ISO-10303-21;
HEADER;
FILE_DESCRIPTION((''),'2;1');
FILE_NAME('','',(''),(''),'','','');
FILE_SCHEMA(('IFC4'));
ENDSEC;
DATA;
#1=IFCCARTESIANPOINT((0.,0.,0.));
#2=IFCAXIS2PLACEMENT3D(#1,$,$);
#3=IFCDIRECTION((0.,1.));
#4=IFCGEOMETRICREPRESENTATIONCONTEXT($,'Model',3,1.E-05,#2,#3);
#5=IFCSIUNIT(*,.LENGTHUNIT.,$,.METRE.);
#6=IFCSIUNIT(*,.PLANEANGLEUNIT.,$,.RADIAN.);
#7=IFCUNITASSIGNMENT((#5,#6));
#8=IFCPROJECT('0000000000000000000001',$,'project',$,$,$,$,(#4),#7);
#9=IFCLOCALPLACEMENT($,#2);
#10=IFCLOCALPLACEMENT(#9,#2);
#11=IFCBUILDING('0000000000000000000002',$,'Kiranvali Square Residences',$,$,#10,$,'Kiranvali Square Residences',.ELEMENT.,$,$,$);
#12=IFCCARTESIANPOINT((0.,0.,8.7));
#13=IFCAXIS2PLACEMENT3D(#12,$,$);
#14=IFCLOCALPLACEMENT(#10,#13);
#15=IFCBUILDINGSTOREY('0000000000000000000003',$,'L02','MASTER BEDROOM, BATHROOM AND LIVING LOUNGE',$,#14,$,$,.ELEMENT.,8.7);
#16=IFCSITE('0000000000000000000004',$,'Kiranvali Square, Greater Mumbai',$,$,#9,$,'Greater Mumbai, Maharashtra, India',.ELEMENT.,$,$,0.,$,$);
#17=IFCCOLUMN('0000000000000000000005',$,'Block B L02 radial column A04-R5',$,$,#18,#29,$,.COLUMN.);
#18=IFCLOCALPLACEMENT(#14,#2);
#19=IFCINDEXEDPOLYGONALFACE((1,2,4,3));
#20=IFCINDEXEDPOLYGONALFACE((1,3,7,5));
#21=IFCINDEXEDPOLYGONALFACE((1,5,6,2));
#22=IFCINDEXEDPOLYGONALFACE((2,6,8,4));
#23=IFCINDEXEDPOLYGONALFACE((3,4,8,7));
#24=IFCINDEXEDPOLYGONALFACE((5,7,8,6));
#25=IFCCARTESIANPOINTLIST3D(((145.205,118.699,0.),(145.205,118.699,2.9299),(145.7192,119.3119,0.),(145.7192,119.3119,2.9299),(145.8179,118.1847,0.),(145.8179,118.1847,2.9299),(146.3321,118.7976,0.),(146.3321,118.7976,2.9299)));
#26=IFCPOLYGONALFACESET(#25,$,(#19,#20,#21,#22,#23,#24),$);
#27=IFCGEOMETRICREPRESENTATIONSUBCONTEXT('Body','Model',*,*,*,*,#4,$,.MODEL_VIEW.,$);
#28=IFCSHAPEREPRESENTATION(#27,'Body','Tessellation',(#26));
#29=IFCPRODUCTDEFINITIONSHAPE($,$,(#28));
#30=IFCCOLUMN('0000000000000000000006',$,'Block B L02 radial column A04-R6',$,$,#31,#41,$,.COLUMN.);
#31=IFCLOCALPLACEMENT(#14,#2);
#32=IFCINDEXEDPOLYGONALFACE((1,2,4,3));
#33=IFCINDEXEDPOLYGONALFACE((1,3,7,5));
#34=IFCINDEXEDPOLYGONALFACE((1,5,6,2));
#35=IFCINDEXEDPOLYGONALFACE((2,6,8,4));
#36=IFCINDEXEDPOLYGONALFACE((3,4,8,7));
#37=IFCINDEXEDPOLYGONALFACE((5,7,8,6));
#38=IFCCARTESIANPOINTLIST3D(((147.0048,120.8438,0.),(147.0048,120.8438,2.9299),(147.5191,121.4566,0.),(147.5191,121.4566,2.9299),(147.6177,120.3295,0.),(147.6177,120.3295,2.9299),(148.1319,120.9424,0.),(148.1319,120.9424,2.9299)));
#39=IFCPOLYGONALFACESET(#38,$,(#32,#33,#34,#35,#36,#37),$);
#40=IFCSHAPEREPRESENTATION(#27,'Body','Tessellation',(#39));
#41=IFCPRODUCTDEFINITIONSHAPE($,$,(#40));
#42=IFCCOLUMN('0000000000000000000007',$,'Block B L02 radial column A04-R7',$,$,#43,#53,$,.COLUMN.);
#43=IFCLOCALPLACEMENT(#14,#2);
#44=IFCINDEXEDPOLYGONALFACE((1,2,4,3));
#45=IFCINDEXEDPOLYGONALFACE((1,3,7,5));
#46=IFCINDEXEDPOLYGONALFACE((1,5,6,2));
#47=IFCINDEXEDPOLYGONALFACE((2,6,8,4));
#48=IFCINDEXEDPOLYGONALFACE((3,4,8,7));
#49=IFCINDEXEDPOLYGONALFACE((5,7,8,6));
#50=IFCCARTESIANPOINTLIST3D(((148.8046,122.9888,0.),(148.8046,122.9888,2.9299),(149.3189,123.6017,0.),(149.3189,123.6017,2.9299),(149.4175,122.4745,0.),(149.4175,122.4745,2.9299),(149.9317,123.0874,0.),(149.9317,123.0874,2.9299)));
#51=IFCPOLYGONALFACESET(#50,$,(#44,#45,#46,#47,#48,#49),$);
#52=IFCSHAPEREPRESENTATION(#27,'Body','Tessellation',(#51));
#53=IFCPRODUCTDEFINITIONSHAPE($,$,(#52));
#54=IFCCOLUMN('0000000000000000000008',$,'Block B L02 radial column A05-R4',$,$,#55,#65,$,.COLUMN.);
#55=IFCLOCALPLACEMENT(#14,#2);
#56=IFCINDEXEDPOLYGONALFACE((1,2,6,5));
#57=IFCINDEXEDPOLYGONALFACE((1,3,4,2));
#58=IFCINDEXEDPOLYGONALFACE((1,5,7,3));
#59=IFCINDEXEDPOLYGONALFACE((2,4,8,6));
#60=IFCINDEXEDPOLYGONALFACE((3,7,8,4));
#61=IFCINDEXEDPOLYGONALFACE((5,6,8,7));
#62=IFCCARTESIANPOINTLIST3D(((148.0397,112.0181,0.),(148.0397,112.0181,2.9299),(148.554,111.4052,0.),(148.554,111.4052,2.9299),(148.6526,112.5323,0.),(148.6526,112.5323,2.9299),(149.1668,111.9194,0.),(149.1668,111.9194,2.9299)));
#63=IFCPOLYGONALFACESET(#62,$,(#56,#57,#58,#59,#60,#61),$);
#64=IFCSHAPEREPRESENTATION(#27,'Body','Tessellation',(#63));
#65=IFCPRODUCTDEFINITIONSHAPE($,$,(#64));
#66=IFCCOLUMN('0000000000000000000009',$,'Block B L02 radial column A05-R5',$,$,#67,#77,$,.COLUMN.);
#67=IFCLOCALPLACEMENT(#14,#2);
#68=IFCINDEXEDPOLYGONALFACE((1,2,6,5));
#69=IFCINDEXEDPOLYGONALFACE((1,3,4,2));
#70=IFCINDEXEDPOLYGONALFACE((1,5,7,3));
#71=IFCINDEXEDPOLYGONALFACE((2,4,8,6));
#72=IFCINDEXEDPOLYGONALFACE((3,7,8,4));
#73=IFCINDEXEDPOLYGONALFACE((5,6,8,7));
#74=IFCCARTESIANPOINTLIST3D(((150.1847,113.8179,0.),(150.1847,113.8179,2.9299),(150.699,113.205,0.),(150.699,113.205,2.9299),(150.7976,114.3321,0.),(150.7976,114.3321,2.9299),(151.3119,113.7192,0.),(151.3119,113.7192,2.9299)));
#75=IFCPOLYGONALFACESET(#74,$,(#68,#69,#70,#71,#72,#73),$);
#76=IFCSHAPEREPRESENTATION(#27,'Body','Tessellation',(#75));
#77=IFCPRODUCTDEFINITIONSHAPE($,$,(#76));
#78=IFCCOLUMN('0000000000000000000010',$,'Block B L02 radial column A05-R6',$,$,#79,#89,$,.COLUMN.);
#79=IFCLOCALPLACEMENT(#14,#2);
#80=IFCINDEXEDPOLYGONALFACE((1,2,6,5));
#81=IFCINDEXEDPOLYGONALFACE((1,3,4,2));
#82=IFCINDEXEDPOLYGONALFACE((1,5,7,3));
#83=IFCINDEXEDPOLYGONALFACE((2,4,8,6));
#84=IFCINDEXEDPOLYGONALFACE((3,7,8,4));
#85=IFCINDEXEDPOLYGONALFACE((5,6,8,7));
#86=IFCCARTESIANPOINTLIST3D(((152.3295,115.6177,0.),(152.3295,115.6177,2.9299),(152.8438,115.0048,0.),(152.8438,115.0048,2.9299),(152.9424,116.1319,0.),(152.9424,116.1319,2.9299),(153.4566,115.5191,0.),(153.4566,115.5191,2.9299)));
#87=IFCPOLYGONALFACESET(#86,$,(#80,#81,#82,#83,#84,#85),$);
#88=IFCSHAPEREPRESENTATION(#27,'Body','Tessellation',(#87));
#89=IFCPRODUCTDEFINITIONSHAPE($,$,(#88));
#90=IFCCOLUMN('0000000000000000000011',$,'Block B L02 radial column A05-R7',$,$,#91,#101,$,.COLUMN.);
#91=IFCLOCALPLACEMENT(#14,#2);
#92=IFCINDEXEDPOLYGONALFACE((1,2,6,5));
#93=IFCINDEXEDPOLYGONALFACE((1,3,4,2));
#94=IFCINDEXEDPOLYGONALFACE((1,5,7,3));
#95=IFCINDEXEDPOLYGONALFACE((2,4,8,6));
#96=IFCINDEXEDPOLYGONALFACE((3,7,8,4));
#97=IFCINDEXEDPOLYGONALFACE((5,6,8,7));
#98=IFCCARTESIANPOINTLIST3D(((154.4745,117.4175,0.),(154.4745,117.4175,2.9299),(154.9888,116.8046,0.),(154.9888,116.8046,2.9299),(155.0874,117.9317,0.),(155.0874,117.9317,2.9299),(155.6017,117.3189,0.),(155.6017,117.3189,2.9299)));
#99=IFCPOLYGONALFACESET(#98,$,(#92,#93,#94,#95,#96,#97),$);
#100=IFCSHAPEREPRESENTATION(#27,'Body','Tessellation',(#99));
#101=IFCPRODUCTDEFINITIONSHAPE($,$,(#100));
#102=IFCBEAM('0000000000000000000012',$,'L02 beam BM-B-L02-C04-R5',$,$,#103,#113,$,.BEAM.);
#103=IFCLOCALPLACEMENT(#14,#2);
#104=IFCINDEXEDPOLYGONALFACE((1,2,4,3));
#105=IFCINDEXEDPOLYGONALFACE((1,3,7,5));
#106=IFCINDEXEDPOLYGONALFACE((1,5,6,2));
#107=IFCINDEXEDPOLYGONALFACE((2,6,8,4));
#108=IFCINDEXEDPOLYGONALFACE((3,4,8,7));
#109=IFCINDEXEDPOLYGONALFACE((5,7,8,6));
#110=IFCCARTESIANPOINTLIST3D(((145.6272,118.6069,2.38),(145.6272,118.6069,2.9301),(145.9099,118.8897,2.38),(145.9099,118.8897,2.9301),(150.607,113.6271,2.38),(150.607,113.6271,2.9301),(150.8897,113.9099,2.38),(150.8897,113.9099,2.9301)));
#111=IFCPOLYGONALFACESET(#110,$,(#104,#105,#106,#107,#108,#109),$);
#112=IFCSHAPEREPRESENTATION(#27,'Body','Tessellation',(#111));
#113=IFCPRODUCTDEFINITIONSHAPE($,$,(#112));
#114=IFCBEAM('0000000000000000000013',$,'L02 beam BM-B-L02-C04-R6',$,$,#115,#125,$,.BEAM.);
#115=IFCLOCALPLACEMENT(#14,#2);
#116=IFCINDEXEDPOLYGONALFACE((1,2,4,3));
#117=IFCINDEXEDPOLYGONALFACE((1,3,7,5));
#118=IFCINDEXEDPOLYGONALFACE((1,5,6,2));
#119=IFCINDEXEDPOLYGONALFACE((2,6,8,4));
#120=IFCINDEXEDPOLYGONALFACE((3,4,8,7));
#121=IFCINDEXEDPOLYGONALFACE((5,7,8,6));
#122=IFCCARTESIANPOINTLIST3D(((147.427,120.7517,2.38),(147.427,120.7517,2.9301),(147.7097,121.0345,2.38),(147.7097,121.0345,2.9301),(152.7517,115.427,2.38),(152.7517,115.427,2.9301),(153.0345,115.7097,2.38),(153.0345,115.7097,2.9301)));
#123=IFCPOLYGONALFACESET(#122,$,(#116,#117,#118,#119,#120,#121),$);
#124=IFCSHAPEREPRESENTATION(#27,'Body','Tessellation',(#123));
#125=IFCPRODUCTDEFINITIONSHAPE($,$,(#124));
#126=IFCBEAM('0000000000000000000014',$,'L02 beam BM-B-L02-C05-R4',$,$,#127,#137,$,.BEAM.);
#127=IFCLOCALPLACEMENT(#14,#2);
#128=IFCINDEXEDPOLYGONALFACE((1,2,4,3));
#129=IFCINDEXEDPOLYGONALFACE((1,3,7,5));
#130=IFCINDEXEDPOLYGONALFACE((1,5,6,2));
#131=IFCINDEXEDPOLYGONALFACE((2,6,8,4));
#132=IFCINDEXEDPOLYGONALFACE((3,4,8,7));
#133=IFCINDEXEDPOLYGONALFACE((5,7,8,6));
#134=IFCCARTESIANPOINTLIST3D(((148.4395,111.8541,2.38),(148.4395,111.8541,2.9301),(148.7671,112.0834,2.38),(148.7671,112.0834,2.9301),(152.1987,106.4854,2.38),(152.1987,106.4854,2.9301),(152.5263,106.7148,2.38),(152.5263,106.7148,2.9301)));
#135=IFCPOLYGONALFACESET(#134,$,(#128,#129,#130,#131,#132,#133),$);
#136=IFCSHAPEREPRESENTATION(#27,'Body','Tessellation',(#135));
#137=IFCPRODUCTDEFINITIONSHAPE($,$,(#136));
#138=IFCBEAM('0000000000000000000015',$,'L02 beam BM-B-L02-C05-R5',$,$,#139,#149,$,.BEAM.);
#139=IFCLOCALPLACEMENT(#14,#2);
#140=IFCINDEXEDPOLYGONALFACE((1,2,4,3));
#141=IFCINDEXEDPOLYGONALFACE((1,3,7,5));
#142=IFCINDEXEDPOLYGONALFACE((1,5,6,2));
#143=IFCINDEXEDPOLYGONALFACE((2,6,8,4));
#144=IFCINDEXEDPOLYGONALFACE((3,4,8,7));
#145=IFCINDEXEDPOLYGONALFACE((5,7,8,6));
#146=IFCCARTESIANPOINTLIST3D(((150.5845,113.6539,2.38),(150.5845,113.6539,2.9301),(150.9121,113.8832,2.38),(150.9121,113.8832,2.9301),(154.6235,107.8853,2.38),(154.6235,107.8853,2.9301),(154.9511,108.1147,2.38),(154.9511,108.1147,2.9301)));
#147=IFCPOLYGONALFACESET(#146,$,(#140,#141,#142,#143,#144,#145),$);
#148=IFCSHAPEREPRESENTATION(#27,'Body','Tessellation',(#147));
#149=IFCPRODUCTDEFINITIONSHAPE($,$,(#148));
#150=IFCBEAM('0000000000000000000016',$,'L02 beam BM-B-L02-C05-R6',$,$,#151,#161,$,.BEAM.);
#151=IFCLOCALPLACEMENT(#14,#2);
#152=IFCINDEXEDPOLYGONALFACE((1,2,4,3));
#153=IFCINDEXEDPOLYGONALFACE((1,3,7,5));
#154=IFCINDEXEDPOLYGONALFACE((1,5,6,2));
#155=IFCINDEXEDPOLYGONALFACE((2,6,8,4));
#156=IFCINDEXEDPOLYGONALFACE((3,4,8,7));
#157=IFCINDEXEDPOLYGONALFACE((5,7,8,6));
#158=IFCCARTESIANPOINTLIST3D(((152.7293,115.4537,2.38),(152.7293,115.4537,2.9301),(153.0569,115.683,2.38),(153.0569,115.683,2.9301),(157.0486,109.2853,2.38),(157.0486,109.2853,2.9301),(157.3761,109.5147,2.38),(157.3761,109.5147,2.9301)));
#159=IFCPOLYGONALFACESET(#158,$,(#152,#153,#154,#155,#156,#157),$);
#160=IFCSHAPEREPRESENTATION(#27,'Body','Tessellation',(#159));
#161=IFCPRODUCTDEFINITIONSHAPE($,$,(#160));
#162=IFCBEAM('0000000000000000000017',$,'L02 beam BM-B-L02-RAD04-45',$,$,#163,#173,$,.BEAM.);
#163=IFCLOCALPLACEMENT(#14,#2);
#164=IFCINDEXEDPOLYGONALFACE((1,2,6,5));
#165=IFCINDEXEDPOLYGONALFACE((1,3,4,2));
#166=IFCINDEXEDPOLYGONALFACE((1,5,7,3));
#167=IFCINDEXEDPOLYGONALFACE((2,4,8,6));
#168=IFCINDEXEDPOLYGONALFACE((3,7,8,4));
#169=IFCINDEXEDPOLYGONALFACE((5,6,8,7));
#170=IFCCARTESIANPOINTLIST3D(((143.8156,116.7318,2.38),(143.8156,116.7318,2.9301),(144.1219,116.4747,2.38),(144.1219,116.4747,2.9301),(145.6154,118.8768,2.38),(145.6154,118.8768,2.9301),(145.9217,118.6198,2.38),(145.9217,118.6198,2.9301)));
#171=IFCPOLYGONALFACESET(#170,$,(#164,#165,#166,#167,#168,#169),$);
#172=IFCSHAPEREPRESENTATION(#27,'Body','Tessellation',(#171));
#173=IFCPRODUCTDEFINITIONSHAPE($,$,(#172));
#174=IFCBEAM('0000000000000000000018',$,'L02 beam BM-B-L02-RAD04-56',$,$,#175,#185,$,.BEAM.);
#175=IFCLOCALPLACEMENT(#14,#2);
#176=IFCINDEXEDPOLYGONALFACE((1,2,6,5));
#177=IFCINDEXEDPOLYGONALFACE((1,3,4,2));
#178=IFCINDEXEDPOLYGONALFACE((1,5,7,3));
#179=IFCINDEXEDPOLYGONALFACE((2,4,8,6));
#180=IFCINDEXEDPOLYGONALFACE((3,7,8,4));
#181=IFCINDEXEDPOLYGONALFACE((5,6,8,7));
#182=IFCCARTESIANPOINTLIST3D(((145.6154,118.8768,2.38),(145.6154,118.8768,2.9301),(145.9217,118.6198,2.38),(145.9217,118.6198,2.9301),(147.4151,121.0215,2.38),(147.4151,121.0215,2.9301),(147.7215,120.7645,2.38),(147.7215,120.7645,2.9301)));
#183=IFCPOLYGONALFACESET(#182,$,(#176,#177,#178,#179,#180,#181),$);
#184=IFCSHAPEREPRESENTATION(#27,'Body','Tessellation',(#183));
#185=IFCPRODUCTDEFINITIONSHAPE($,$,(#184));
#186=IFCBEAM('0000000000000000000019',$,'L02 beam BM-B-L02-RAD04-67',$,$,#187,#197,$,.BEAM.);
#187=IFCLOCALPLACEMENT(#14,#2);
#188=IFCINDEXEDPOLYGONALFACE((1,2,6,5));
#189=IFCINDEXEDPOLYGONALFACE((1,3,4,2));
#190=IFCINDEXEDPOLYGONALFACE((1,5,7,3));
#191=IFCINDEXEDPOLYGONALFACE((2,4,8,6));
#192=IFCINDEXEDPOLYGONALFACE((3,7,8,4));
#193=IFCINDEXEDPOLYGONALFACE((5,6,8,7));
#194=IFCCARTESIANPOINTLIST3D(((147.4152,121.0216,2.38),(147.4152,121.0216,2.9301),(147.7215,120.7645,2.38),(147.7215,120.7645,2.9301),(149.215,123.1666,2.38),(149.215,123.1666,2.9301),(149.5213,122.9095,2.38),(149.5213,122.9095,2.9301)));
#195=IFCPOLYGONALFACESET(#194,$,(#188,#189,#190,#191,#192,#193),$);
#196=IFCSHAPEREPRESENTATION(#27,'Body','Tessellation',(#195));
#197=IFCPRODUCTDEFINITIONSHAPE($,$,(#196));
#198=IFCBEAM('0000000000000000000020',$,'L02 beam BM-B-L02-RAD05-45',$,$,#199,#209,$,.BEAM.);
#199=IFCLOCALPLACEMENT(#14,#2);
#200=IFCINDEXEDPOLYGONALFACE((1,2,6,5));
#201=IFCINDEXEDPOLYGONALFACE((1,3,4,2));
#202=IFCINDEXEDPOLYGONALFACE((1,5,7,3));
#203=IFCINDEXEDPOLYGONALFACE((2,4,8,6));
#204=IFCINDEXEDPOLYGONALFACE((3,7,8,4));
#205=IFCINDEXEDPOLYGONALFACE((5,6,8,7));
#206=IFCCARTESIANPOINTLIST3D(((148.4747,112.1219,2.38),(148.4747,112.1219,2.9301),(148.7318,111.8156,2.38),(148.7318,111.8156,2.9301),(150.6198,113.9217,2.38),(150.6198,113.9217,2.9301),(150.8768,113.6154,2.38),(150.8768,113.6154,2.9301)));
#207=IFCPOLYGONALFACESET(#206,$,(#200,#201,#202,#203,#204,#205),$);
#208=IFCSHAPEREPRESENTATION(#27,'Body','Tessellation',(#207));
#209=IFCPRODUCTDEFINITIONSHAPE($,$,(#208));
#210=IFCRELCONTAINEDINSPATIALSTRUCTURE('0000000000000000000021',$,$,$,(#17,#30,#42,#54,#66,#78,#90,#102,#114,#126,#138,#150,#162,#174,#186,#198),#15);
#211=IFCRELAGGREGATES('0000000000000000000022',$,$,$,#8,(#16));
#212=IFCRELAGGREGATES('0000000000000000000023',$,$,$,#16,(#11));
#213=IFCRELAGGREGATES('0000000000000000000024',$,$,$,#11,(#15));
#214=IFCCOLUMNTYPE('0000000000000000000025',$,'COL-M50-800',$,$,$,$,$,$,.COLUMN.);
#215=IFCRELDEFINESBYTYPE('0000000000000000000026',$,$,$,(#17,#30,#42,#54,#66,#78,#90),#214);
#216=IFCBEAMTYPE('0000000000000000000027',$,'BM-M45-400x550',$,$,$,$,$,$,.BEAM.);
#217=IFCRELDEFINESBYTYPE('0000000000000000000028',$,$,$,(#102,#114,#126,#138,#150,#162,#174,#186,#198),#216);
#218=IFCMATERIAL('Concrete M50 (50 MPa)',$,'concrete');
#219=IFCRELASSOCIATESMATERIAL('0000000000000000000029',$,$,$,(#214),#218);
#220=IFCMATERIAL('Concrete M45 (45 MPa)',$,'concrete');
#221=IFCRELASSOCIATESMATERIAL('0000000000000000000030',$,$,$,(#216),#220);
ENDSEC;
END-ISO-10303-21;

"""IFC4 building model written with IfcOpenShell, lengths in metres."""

from ifc_helpers import new_model, si_unit, direction, frame, origin, origin_2d, place, context, subcontext, project, spatial, rectangle, extrude, material, material_profile, profile_set, type_object, element, save


model = new_model("IFC4")

# Units and contexts
model_context = context("Model", 3, precision=1e-05, world=origin(), true_north=direction((0.0, 1.0)))
body_context = subcontext(model_context, "Body", "Model", "MODEL_VIEW")
ifc_project = project(units=[si_unit("LENGTHUNIT", "METRE"), si_unit("PLANEANGLEUNIT", "RADIAN")], contexts=[model_context])

# Site, building, storey
site_placement = place(None, origin())
site = spatial("IfcSite", under=ifc_project, at=site_placement, Name="Kiranvali Square, Greater Mumbai", LongName="Greater Mumbai, Maharashtra, India", CompositionType="ELEMENT", RefElevation=0.0)
building_placement = place(site_placement, origin())
building = spatial("IfcBuilding", under=site, at=building_placement, Name="Kiranvali Square Residences", LongName="Kiranvali Square Residences", CompositionType="ELEMENT")
storey_placement = place(building_placement, frame((0.0, 0.0, 8.7)))
storey = spatial("IfcBuildingStorey", under=building, at=storey_placement, Name="L02", Description="MASTER BEDROOM, BATHROOM AND LIVING LOUNGE", CompositionType="ELEMENT", Elevation=8.7)

# Columns
ifc_material_1 = material(Name="Concrete M50 (50 MPa)", Category="concrete")
ifc_material_profile_1 = material_profile(ifc_material_1, rectangle(XDim=0.8, YDim=0.8, at=origin_2d()), Name="RC 800x800")
ifc_profile_set_1 = profile_set([ifc_material_profile_1], Name="Concrete M50 (50 MPa)")
column_type = type_object("IfcColumnType", Name="COL-M50-800", PredefinedType="COLUMN", material=ifc_profile_set_1)
for number, where, z_axis, x_axis, name in (
    (1, (145.7686, 118.7483, 0.0), (0.0, 0.0, 1.0), (-0.766044, 0.642788, 0.0), "Block B L02 radial column A04-R5"),
    (2, (147.5684, 120.8931, 0.0), (0.0, 0.0, 1.0), (-0.766044, 0.642788, 0.0), "Block B L02 radial column A04-R6"),
    (3, (149.3682, 123.0381, 0.0), (0.0, 0.0, 1.0), (-0.766044, 0.642788, 0.0), "Block B L02 radial column A04-R7"),
    (4, (148.6033, 111.9688, 0.0), (0.0, 0.0, 1.0), (-0.642788, 0.766044, 0.0), "Block B L02 radial column A05-R4"),
    (5, (150.7483, 113.7686, 0.0), (0.0, 0.0, 1.0), (-0.642788, 0.766044, 0.0), "Block B L02 radial column A05-R5"),
    (6, (152.8931, 115.5684, 0.0), (0.0, 0.0, 1.0), (-0.642788, 0.766044, 0.0), "Block B L02 radial column A05-R6"),
    (7, (155.0381, 117.3682, 0.0), (0.0, 0.0, 1.0), (-0.642788, 0.766044, 0.0), "Block B L02 radial column A05-R7"),
):
    element("IfcColumn", number, at=place(storey_placement, frame(where, z_axis=z_axis, x_axis=x_axis)), inside=storey, type_object=column_type, Name=name, PredefinedType="COLUMN", context=body_context, shape_type="SweptSolid", body=[
        extrude(rectangle(XDim=0.8, YDim=0.8, at=origin_2d()), origin(), (0.0, 0.0, 1.0), 2.9299),
    ])

# Beams
ifc_material_2 = material(Name="Concrete M45 (45 MPa)", Category="concrete")
ifc_material_profile_2 = material_profile(ifc_material_2, rectangle(XDim=0.3999, YDim=0.55, at=origin_2d()), Name="RC 400x550")
ifc_profile_set_2 = profile_set([ifc_material_profile_2], Name="Concrete M45 (45 MPa)")
beam_type_1 = type_object("IfcBeamType", Name="BM-M45-400x550", PredefinedType="BEAM", material=ifc_profile_set_2)
beam_1_placement = place(storey_placement, frame((145.7686, 118.7483, 2.655), z_axis=(0.707107, -0.707107, 0.0), x_axis=(0.707107, 0.707107, 0.0)))
element("IfcBeam", 8, at=beam_1_placement, inside=storey, type_object=beam_type_1, Name="L02 beam BM-B-L02-C04-R5", PredefinedType="BEAM", context=body_context, shape_type="SweptSolid", body=[
    extrude(rectangle(XDim=0.3999, YDim=0.55, at=origin_2d()), origin(), (0.0, 0.0, 1.0), 7.0425),
])
beam_2_placement = place(storey_placement, frame((147.5684, 120.8931, 2.655), z_axis=(0.707107, -0.707107, 0.0), x_axis=(0.707107, 0.707107, 0.0)))
element("IfcBeam", 9, at=beam_2_placement, inside=storey, type_object=beam_type_1, Name="L02 beam BM-B-L02-C04-R6", PredefinedType="BEAM", context=body_context, shape_type="SweptSolid", body=[
    extrude(rectangle(XDim=0.3999, YDim=0.55, at=origin_2d()), origin(), (0.0, 0.0, 1.0), 7.5303),
])
beam_3_placement = place(storey_placement, frame((148.6033, 111.9688, 2.655), z_axis=(0.573587, -0.819144, 0.0), x_axis=(0.819144, 0.573587, 0.0)))
element("IfcBeam", 10, at=beam_3_placement, inside=storey, type_object=beam_type_1, Name="L02 beam BM-B-L02-C05-R4", PredefinedType="BEAM", context=body_context, shape_type="SweptSolid", body=[
    extrude(rectangle(XDim=0.3999, YDim=0.55, at=origin_2d()), origin(), (0.0, 0.0, 1.0), 6.554),
])
beam_4_placement = place(storey_placement, frame((150.7483, 113.7686, 2.655), z_axis=(0.573565, -0.81916, 0.0), x_axis=(0.81916, 0.573565, 0.0)))
element("IfcBeam", 11, at=beam_4_placement, inside=storey, type_object=beam_type_1, Name="L02 beam BM-B-L02-C05-R5", PredefinedType="BEAM", context=body_context, shape_type="SweptSolid", body=[
    extrude(rectangle(XDim=0.3999, YDim=0.55, at=origin_2d()), origin(), (0.0, 0.0, 1.0), 7.042),
])
beam_5_placement = place(storey_placement, frame((152.8931, 115.5684, 2.655), z_axis=(0.573589, -0.819144, 0.0), x_axis=(0.819144, 0.573589, 0.0)))
element("IfcBeam", 12, at=beam_5_placement, inside=storey, type_object=beam_type_1, Name="L02 beam BM-B-L02-C05-R6", PredefinedType="BEAM", context=body_context, shape_type="SweptSolid", body=[
    extrude(rectangle(XDim=0.3999, YDim=0.55, at=origin_2d()), origin(), (0.0, 0.0, 1.0), 7.5303),
])
beam_6_placement = place(storey_placement, frame((143.9688, 116.6033, 2.655), z_axis=(0.642771, 0.766059, 0.0), x_axis=(-0.766059, 0.642771, 0.0)))
element("IfcBeam", 13, at=beam_6_placement, inside=storey, type_object=beam_type_1, Name="L02 beam BM-B-L02-RAD04-45", PredefinedType="BEAM", context=body_context, shape_type="SweptSolid", body=[
    extrude(rectangle(XDim=0.3999, YDim=0.55, at=origin_2d()), origin(), (0.0, 0.0, 1.0), 2.8),
])
beam_7_placement = place(storey_placement, frame((145.7686, 118.7483, 2.655), z_axis=(0.642814, 0.766023, 0.0), x_axis=(-0.766023, 0.642814, 0.0)))
element("IfcBeam", 14, at=beam_7_placement, inside=storey, type_object=beam_type_1, Name="L02 beam BM-B-L02-RAD04-56", PredefinedType="BEAM", context=body_context, shape_type="SweptSolid", body=[
    extrude(rectangle(XDim=0.3999, YDim=0.55, at=origin_2d()), origin(), (0.0, 0.0, 1.0), 2.7998),
])
for number, where, z_axis, x_axis, name in (
    (15, (147.5684, 120.8931, 2.655), (0.642771, 0.766059, 0.0), (-0.766059, 0.642771, 0.0), "L02 beam BM-B-L02-RAD04-67"),
    (16, (148.6033, 111.9688, 2.655), (0.766059, 0.642771, 0.0), (-0.642771, 0.766059, 0.0), "L02 beam BM-B-L02-RAD05-45"),
):
    element("IfcBeam", number, at=place(storey_placement, frame(where, z_axis=z_axis, x_axis=x_axis)), inside=storey, type_object=beam_type_1, Name=name, PredefinedType="BEAM", context=body_context, shape_type="SweptSolid", body=[
        extrude(rectangle(XDim=0.3999, YDim=0.55, at=origin_2d()), origin(), (0.0, 0.0, 1.0), 2.8),
    ])

save(model, "model.ifc")
